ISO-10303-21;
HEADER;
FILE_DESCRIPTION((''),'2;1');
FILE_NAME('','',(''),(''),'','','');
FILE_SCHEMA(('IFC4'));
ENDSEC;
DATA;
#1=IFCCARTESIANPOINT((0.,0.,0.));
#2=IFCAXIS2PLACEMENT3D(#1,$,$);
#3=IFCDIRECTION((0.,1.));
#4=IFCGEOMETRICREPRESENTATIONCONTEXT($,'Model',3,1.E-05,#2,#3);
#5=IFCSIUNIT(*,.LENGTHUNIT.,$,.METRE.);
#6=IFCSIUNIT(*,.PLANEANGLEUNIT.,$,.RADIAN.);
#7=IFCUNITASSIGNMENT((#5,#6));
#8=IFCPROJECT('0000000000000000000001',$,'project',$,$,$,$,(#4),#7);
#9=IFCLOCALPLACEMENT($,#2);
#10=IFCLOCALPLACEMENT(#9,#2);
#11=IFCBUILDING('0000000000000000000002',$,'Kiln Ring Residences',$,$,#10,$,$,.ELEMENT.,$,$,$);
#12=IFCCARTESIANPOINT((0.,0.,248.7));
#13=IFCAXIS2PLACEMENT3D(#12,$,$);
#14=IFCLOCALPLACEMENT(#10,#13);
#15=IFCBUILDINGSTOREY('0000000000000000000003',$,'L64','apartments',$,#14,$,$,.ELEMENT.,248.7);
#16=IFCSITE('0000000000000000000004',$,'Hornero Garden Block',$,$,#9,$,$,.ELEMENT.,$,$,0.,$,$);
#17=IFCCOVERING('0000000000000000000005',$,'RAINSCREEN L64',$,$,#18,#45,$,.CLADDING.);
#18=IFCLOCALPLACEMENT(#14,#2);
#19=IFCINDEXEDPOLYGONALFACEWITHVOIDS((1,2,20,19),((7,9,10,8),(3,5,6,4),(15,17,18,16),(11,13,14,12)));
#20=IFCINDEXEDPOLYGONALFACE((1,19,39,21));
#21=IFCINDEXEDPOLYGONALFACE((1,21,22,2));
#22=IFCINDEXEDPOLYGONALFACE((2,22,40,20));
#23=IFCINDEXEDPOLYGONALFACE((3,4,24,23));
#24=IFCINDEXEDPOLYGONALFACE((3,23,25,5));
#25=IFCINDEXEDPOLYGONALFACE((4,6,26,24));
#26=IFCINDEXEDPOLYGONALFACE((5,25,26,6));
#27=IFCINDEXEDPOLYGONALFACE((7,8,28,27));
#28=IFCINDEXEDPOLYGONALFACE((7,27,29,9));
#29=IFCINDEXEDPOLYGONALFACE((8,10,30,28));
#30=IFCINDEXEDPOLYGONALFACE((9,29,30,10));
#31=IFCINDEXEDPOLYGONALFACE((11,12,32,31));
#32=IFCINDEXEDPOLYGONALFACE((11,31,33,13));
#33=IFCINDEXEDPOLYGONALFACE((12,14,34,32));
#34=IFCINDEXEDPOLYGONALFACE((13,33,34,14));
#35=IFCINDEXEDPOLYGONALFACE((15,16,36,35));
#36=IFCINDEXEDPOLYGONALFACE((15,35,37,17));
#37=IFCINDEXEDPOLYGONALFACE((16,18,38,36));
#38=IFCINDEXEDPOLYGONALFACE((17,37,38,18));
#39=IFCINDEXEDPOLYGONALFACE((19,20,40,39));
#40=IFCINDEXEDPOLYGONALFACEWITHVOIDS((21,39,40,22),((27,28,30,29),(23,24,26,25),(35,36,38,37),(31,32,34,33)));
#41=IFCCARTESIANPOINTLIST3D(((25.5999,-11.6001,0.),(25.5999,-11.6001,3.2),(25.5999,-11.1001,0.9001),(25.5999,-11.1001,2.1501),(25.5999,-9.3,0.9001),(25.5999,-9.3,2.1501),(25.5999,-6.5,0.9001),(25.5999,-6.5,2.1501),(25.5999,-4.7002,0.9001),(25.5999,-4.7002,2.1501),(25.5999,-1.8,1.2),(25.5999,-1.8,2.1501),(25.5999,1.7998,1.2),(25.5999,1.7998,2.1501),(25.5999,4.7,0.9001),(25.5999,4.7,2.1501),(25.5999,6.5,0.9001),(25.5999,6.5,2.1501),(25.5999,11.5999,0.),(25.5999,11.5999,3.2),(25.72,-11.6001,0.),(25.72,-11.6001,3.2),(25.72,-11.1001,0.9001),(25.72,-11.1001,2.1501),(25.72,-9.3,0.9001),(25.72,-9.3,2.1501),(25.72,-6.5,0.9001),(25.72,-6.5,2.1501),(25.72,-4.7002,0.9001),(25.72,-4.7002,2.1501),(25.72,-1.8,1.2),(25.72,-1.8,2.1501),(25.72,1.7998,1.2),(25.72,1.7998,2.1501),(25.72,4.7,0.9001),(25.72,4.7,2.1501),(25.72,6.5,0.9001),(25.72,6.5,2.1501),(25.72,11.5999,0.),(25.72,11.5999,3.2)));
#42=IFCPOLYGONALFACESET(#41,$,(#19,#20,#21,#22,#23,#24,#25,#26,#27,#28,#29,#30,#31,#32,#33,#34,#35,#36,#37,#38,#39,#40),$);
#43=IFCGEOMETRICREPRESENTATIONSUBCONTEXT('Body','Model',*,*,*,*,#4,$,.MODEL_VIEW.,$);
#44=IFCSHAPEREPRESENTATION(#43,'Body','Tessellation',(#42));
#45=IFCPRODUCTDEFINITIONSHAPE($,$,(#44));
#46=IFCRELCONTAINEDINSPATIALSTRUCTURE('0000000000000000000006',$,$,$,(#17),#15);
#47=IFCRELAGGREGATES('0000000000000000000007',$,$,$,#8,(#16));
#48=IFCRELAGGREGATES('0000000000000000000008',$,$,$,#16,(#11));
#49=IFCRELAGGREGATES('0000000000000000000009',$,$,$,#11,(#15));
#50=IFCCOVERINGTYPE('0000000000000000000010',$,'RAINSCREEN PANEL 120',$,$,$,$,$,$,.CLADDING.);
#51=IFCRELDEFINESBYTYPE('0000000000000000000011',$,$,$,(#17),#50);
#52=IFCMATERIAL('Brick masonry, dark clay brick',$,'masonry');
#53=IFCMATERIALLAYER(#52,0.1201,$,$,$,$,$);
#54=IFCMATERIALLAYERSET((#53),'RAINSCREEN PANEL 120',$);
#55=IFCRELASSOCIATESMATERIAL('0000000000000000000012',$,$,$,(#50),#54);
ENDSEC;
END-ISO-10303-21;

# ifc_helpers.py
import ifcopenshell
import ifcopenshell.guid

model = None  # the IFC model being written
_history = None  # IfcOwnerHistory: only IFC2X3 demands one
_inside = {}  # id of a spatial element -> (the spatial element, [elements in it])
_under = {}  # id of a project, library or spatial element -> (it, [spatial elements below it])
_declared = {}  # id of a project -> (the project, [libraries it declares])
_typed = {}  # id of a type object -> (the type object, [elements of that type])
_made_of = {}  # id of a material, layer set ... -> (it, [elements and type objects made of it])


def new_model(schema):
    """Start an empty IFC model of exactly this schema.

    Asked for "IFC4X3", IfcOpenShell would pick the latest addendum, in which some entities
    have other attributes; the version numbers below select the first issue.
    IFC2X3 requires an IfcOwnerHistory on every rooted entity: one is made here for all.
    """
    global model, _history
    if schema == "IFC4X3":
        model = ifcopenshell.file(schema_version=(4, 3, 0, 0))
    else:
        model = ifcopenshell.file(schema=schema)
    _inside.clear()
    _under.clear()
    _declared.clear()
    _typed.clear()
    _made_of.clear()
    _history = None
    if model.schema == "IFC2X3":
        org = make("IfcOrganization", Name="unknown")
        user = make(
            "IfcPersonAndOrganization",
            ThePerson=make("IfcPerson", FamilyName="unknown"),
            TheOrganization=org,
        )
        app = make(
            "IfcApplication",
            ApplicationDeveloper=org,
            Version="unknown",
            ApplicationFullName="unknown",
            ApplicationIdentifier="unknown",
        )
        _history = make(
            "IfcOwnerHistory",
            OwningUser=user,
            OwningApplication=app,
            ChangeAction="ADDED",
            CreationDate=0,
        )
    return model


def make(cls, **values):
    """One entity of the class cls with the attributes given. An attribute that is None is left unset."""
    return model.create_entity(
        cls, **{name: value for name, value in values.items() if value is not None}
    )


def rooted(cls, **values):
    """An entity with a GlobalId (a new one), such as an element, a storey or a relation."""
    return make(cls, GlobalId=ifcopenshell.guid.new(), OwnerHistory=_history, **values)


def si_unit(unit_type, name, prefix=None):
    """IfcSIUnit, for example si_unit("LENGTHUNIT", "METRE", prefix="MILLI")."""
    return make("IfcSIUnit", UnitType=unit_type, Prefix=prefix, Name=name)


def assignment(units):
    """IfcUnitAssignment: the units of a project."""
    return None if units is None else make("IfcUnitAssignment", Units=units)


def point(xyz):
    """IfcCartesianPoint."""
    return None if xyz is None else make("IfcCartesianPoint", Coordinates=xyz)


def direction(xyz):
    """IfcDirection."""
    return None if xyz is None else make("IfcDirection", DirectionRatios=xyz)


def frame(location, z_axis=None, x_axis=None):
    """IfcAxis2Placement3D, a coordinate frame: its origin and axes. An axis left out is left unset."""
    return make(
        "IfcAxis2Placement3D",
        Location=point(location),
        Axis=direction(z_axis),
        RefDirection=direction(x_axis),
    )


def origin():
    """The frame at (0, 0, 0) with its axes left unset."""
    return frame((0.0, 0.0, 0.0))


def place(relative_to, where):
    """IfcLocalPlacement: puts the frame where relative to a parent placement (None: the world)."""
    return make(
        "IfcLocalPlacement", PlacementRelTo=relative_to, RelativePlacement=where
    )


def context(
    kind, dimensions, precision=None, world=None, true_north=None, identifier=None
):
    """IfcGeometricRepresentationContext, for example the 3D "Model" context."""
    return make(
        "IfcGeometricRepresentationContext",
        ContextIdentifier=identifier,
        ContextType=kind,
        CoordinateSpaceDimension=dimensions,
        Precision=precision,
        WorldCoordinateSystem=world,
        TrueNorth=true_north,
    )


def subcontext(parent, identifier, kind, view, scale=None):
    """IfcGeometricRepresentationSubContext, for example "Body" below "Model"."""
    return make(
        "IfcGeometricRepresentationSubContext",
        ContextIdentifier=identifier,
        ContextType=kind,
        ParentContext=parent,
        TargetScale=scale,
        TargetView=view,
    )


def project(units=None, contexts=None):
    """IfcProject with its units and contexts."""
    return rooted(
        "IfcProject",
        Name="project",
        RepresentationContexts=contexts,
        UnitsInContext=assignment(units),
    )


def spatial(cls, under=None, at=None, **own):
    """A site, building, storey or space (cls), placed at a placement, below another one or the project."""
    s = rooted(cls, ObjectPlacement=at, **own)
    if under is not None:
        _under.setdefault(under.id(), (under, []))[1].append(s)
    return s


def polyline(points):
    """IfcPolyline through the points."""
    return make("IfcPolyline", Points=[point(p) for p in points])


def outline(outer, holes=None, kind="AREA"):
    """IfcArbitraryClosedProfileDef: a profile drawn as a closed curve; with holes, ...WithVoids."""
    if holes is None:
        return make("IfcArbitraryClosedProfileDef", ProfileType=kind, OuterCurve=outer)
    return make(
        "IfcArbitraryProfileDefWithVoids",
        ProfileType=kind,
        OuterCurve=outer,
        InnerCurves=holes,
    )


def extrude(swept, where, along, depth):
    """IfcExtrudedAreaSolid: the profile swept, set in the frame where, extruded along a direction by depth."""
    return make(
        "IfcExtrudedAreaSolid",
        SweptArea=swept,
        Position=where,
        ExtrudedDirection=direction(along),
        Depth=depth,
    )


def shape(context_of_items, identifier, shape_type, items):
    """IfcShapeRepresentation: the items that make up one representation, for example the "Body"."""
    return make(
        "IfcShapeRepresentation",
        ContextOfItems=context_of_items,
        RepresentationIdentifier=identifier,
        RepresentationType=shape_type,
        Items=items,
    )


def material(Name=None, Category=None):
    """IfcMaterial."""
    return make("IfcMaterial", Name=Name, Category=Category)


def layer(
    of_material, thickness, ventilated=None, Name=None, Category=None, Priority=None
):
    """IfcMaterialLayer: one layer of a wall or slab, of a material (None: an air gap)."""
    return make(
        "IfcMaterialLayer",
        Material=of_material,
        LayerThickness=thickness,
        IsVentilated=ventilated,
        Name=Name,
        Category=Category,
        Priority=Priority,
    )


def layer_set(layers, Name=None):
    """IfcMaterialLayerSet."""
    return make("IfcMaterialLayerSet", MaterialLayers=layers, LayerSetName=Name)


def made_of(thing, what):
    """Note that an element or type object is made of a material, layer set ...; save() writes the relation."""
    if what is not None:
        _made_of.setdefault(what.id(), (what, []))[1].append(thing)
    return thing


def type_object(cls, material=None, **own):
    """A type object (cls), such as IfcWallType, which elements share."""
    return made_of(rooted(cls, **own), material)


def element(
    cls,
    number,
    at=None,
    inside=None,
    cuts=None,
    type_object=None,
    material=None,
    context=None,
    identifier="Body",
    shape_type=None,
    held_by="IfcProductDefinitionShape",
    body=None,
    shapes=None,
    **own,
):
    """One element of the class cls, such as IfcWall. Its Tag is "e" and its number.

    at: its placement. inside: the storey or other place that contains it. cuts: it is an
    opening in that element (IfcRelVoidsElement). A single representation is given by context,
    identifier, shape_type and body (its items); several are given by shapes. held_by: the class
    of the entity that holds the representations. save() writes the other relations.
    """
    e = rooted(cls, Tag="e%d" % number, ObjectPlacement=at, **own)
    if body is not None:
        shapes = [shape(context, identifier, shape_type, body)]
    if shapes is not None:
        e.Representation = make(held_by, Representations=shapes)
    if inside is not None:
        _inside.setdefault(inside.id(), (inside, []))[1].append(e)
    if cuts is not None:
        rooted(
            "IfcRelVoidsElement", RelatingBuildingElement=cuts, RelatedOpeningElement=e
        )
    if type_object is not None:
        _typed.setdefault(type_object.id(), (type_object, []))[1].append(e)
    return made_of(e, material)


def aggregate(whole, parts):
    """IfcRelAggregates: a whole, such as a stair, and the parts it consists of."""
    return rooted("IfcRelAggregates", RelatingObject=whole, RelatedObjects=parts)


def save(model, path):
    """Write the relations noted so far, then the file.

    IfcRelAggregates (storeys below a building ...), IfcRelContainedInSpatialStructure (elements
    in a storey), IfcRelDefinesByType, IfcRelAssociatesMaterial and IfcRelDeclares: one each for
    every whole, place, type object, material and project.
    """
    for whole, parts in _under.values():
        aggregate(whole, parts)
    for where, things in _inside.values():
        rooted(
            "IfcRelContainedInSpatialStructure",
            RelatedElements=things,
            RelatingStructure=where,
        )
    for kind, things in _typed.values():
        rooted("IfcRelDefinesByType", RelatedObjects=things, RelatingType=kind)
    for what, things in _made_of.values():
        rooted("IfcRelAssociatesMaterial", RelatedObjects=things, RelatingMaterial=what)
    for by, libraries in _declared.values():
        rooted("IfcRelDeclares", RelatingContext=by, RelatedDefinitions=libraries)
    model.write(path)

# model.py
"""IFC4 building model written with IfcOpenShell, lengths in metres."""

from ifc_helpers import new_model, si_unit, direction, frame, origin, place, context, subcontext, project, spatial, polyline, outline, extrude, material, layer, layer_set, type_object, element, save


model = new_model("IFC4")

# Units and contexts
model_context = context("Model", 3, precision=1e-05, world=origin(), true_north=direction((0.0, 1.0)))
body_context = subcontext(model_context, "Body", "Model", "MODEL_VIEW")
ifc_project = project(units=[si_unit("LENGTHUNIT", "METRE"), si_unit("PLANEANGLEUNIT", "RADIAN")], contexts=[model_context])

# Site, building, storey
site_placement = place(None, origin())
site = spatial("IfcSite", under=ifc_project, at=site_placement, Name="Hornero Garden Block", CompositionType="ELEMENT", RefElevation=0.0)
building_placement = place(site_placement, origin())
building = spatial("IfcBuilding", under=site, at=building_placement, Name="Kiln Ring Residences", CompositionType="ELEMENT")
storey_placement = place(building_placement, frame((0.0, 0.0, 248.7)))
storey = spatial("IfcBuildingStorey", under=building, at=storey_placement, Name="L64", Description="apartments", CompositionType="ELEMENT", Elevation=248.7)

# Covering
ifc_material_1 = material(Name="Brick masonry, dark clay brick", Category="masonry")
ifc_layer_1 = layer(ifc_material_1, 0.1201)
ifc_layer_set_1 = layer_set([ifc_layer_1], Name="RAINSCREEN PANEL 120")
covering_type_1 = type_object("IfcCoveringType", Name="RAINSCREEN PANEL 120", PredefinedType="CLADDING", material=ifc_layer_set_1)
covering_1_placement = place(storey_placement, frame((25.6599, -11.6001, 0.0), z_axis=(0.0, 0.0, 1.0), x_axis=(0.0, 1.0, 0.0)))
element("IfcCovering", 1, at=covering_1_placement, inside=storey, type_object=covering_type_1, Name="RAINSCREEN L64", PredefinedType="CLADDING", context=body_context, shape_type="SweptSolid", body=[
    extrude(outline(polyline([(0.0, 0.0), (23.2, 0.0), (23.2, 3.2), (0.0, 3.2), (0.0, 0.0)]), holes=[polyline([(2.3, 0.9001), (2.3, 2.1501), (0.5, 2.1501), (0.5, 0.9001), (2.3, 0.9001)]), polyline([(6.8999, 0.9001), (6.8999, 2.1501), (5.1001, 2.1501), (5.1001, 0.9001), (6.8999, 0.9001)]), polyline([(18.1001, 0.9001), (18.1001, 2.1501), (16.3, 2.1501), (16.3, 0.9001), (18.1001, 0.9001)]), polyline([(13.3999, 1.2), (13.3999, 2.1501), (9.8, 2.1501), (9.8, 1.2), (13.3999, 1.2)])]), frame((0.0, 0.0601, 0.0), z_axis=(0.0, -1.0, 0.0), x_axis=(1.0, 0.0, 0.0)), (0.0, 0.0, 1.0), 0.1201),
])

save(model, "model.ifc")
